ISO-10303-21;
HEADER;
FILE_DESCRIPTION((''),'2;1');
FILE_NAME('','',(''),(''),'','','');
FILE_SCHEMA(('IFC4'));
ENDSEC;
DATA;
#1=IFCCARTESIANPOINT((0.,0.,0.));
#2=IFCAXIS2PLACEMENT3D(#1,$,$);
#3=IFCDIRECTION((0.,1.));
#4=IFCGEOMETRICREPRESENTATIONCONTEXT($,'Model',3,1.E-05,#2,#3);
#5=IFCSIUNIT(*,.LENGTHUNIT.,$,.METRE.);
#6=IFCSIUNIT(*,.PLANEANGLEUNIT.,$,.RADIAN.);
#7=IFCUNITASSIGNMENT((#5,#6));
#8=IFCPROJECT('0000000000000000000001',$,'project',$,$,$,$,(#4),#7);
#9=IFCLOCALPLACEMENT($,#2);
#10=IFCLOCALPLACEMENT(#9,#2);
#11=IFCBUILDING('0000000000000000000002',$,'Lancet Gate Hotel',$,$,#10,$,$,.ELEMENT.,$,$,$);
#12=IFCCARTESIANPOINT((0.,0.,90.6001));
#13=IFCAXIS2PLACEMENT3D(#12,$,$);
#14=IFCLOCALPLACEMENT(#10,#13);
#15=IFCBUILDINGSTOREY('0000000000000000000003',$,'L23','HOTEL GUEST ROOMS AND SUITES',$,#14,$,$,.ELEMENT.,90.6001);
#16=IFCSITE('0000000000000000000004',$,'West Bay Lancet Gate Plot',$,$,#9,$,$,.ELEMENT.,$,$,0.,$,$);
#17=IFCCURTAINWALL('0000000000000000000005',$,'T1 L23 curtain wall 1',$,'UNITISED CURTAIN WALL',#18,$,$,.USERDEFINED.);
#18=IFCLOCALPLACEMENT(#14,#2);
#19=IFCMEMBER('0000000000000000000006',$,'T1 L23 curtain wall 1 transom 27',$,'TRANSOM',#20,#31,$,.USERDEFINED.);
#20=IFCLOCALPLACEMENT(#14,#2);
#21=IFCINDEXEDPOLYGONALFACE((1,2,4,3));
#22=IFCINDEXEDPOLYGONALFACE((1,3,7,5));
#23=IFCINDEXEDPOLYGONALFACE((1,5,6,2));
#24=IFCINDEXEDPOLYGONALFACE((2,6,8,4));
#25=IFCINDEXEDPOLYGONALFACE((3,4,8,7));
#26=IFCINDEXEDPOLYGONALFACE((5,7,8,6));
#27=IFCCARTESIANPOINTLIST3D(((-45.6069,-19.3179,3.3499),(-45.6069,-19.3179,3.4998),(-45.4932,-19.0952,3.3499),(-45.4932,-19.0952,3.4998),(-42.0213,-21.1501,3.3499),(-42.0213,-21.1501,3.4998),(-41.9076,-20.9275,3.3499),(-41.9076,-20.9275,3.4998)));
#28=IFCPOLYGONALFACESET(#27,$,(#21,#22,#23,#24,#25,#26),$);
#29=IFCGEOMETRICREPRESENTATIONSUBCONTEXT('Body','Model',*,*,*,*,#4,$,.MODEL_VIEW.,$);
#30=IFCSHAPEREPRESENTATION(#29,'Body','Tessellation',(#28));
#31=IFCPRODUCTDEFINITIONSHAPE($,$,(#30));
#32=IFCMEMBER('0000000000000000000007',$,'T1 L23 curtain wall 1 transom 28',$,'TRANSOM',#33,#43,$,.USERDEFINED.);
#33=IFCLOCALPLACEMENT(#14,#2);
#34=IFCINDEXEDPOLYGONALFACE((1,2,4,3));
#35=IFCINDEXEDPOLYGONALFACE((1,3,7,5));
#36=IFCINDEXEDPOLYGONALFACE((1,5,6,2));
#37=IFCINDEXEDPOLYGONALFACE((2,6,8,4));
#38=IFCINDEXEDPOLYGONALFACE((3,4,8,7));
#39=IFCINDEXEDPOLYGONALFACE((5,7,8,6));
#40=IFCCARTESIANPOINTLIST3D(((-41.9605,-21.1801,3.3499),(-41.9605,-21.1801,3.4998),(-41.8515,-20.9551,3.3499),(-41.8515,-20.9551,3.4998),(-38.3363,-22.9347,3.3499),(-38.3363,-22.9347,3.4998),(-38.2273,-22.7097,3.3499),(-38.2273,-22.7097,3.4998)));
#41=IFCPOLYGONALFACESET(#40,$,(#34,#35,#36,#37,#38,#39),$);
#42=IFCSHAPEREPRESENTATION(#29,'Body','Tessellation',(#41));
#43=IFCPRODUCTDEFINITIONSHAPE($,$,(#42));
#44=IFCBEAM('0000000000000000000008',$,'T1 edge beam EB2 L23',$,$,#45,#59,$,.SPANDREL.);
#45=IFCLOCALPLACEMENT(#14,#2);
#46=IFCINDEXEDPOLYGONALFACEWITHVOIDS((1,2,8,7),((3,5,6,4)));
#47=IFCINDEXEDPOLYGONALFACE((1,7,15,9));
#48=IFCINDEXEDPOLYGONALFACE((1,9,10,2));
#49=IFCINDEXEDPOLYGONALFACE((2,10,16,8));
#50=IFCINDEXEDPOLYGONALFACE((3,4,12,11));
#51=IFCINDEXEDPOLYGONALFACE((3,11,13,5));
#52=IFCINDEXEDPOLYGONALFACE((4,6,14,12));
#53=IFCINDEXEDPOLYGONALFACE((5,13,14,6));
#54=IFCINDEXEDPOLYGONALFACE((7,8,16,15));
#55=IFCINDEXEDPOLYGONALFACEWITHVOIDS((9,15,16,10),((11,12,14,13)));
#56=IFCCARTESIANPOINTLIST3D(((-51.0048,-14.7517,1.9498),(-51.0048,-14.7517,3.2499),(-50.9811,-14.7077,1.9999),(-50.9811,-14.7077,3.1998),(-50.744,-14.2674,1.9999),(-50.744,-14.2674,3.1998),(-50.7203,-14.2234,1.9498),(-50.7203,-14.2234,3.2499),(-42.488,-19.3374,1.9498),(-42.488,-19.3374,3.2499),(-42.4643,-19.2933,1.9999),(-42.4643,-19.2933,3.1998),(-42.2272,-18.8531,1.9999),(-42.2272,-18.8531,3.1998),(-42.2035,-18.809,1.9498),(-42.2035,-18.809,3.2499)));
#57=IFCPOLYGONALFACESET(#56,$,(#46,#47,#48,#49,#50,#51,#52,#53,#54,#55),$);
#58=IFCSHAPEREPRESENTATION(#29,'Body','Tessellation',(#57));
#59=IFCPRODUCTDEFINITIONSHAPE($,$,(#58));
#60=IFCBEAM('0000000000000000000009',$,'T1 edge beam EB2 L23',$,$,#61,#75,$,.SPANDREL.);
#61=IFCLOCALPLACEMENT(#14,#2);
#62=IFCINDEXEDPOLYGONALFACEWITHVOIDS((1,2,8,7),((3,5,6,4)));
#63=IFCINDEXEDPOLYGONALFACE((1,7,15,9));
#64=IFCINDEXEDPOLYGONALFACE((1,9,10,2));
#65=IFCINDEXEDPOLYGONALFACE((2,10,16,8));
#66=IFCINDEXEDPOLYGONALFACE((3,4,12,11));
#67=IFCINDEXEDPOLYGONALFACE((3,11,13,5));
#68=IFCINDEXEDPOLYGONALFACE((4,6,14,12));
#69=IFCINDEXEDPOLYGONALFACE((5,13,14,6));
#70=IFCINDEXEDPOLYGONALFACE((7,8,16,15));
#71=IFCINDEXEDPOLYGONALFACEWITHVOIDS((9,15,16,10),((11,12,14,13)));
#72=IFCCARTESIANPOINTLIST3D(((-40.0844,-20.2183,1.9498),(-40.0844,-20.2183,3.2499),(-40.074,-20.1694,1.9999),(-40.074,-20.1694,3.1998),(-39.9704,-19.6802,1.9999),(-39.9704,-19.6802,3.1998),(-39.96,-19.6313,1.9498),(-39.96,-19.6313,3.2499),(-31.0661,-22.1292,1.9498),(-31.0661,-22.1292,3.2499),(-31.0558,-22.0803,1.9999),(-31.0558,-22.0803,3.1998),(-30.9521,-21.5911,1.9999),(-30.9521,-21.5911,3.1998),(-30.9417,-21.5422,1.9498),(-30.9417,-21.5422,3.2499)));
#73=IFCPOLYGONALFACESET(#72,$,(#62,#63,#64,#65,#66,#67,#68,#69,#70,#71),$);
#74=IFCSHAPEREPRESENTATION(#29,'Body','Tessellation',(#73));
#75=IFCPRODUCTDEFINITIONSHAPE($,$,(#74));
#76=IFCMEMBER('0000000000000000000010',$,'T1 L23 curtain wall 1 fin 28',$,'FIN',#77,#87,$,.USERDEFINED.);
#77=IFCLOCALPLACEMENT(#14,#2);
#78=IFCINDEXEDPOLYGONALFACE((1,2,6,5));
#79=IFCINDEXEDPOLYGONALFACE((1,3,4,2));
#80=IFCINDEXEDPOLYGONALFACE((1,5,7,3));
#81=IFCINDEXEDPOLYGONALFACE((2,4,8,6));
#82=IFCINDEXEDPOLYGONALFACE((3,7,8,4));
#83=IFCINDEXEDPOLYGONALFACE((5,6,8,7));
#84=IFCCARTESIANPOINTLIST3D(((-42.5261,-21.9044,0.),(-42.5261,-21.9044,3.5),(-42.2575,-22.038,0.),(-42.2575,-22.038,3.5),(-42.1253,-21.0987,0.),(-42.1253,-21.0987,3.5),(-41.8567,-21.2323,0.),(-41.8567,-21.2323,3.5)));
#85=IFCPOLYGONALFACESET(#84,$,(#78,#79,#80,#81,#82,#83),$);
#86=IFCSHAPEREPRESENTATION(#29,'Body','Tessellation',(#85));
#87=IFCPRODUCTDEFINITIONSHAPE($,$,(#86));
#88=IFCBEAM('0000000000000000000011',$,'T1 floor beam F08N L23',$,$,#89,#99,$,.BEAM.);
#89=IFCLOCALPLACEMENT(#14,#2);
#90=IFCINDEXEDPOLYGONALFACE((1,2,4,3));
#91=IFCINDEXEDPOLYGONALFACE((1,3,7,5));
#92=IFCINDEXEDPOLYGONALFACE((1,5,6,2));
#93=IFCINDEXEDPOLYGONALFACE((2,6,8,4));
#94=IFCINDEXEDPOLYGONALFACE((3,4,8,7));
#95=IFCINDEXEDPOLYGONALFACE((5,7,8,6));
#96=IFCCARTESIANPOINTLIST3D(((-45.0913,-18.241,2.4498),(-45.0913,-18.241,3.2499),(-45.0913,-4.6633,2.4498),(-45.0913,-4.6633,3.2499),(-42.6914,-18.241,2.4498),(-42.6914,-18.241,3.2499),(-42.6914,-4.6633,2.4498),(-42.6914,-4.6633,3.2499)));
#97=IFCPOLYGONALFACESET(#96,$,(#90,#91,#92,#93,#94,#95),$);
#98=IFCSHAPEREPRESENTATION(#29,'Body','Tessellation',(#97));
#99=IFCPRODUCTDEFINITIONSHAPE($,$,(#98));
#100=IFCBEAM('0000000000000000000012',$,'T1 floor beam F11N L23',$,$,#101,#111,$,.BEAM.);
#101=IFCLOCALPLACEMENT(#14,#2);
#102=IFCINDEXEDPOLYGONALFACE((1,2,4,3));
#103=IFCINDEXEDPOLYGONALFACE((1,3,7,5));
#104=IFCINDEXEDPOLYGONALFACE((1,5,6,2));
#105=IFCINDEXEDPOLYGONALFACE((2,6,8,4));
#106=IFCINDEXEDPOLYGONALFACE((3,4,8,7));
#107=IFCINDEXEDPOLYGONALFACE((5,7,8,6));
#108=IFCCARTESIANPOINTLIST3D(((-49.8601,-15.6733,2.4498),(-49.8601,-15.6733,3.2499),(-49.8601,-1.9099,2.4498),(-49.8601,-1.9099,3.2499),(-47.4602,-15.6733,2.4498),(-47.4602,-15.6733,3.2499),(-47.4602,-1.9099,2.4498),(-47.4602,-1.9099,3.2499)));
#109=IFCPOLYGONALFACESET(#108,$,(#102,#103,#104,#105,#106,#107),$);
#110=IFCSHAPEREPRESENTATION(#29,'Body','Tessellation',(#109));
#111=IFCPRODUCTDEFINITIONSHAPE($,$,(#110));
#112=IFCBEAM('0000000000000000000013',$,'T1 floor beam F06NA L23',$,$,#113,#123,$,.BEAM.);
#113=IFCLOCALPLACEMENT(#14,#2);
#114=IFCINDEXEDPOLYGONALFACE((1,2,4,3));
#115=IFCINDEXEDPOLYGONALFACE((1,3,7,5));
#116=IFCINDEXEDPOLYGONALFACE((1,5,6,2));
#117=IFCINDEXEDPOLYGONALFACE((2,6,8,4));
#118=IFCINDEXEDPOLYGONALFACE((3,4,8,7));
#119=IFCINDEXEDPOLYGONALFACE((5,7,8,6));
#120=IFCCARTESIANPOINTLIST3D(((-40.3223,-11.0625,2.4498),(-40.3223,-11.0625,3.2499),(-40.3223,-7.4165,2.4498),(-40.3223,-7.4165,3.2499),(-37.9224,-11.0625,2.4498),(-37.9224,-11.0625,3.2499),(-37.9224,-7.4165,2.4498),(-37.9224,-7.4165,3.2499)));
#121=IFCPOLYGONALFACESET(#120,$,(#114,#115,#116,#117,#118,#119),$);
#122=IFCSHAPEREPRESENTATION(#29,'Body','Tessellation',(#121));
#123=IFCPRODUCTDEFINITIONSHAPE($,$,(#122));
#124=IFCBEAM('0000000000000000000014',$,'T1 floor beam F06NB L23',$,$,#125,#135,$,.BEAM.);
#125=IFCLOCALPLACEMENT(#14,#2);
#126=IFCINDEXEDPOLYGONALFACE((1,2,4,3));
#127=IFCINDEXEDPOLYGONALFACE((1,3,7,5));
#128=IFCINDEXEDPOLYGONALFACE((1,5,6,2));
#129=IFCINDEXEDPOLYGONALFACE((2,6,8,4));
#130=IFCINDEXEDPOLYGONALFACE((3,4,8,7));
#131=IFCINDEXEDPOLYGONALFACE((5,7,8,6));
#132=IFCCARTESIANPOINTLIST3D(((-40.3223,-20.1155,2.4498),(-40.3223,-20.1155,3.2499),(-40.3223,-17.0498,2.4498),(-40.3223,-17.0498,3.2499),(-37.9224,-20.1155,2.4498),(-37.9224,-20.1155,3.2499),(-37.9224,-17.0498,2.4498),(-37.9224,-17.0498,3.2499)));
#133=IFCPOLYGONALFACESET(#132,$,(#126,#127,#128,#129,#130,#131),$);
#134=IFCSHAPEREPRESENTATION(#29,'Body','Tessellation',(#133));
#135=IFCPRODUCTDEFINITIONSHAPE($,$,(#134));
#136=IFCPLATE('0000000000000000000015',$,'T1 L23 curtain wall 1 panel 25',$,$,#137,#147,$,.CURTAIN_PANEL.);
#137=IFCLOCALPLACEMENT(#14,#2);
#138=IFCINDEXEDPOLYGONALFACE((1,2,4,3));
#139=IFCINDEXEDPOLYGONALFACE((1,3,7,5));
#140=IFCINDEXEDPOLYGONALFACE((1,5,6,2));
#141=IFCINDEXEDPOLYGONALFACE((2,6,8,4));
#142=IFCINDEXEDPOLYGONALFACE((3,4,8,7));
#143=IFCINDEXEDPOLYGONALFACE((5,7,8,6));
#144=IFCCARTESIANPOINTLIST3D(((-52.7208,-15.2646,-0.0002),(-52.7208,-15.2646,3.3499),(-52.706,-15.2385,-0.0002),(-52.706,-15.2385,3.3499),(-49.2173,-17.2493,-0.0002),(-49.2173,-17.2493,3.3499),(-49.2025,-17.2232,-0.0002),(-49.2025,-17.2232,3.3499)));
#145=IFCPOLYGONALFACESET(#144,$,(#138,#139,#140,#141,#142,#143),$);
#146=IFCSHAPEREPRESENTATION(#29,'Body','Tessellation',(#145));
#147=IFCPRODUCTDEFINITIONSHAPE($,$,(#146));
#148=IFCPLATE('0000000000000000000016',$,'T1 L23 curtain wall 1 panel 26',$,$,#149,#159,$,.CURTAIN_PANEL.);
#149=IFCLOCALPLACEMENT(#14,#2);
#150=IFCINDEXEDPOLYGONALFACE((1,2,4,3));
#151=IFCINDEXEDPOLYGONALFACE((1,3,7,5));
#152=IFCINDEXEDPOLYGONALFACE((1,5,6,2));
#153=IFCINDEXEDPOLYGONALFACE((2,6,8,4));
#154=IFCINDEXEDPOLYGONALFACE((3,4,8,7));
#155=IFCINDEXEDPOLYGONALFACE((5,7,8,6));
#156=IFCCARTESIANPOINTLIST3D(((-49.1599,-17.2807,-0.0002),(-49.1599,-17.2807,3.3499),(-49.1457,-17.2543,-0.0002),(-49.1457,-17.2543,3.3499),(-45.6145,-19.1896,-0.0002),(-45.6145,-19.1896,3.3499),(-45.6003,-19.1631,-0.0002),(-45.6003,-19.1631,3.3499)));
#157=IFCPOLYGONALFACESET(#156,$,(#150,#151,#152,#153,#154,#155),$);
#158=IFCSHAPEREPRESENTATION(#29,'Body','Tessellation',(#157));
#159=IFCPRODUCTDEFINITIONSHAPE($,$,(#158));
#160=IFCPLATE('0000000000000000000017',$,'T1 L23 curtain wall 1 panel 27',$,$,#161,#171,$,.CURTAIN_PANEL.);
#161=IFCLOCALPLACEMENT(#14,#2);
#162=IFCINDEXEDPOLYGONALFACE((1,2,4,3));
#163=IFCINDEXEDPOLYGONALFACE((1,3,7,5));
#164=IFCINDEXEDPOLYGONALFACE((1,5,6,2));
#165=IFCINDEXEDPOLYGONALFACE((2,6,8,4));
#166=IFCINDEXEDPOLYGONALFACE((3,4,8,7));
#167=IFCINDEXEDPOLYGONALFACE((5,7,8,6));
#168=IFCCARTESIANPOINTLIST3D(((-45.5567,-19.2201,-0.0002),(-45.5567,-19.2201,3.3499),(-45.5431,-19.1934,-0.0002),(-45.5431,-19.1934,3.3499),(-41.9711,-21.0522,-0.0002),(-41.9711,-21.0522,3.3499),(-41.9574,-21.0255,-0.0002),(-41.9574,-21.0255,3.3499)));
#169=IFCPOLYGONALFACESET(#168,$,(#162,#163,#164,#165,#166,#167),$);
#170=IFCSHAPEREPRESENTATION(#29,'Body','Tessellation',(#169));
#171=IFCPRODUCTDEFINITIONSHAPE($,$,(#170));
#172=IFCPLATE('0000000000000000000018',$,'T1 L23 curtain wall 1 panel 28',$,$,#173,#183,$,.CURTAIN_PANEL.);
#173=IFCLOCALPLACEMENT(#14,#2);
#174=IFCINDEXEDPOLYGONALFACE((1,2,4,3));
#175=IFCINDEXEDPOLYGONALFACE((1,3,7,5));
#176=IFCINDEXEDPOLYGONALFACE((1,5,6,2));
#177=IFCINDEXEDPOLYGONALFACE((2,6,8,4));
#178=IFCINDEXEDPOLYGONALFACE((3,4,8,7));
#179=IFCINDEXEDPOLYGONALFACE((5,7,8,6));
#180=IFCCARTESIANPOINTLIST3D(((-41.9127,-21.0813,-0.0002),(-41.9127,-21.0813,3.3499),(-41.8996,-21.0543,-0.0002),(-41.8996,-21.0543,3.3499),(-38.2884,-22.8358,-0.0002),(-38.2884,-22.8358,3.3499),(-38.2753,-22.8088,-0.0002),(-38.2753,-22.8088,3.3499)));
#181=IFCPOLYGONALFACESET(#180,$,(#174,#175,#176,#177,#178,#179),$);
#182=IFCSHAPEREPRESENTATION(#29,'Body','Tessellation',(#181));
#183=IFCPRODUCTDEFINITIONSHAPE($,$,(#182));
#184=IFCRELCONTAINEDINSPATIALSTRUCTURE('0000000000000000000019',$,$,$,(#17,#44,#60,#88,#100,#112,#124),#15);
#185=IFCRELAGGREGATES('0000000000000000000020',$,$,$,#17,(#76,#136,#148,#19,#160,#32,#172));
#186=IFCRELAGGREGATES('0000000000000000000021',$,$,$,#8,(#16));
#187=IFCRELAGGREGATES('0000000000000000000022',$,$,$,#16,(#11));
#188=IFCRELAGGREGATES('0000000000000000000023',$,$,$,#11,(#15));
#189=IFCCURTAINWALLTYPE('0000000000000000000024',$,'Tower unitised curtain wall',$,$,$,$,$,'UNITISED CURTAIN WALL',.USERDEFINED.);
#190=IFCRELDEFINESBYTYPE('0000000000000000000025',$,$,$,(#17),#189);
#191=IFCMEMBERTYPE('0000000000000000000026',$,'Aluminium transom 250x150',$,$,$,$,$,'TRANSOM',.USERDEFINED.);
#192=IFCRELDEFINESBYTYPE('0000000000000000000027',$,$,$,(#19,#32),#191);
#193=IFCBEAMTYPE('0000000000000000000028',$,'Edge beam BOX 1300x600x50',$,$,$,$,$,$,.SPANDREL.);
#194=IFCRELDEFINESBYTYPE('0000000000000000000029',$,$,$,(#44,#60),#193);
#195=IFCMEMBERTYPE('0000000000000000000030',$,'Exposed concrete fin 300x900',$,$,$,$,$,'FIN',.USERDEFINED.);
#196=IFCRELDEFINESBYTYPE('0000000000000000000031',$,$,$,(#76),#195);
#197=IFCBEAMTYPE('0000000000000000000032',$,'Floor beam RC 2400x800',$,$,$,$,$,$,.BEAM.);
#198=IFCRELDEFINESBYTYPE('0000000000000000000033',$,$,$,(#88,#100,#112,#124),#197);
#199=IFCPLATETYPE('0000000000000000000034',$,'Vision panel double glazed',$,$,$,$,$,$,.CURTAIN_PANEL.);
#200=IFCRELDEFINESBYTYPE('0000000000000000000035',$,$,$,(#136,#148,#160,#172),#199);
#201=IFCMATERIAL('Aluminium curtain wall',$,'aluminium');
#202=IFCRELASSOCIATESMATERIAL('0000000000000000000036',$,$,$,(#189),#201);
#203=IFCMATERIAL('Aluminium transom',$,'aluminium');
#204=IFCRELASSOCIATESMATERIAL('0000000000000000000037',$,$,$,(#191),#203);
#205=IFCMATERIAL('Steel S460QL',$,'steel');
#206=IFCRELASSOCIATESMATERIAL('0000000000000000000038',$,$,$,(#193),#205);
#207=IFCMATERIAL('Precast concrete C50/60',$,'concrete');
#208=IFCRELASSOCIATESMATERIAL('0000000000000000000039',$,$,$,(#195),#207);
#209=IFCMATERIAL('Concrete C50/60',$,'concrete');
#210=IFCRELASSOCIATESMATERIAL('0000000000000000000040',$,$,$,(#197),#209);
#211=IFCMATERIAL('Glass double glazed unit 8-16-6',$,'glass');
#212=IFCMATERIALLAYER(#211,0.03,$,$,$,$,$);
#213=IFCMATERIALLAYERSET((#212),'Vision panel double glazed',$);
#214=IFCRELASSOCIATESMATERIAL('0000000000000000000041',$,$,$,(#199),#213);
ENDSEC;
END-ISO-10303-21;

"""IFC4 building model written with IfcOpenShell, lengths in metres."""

from ifc_helpers import new_model, si_unit, direction, frame, origin, origin_2d, place, context, subcontext, project, spatial, rectangle, hollow_rectangle, extrude, material, layer, layer_set, material_profile, profile_set, type_object, element, aggregate, save


model = new_model("IFC4")

# Units and contexts
model_context = context("Model", 3, precision=1e-05, world=origin(), true_north=direction((0.0, 1.0)))
body_context = subcontext(model_context, "Body", "Model", "MODEL_VIEW")
ifc_project = project(units=[si_unit("LENGTHUNIT", "METRE"), si_unit("PLANEANGLEUNIT", "RADIAN")], contexts=[model_context])

# Site, building, storey
site_placement = place(None, origin())
site = spatial("IfcSite", under=ifc_project, at=site_placement, Name="West Bay Lancet Gate Plot", CompositionType="ELEMENT", RefElevation=0.0)
building_placement = place(site_placement, origin())
building = spatial("IfcBuilding", under=site, at=building_placement, Name="Lancet Gate Hotel", CompositionType="ELEMENT")
storey_placement = place(building_placement, frame((0.0, 0.0, 90.6001)))
storey = spatial("IfcBuildingStorey", under=building, at=storey_placement, Name="L23", Description="HOTEL GUEST ROOMS AND SUITES", CompositionType="ELEMENT", Elevation=90.6001)

# Curtain wall, members
ifc_material_1 = material(Name="Aluminium curtain wall", Category="aluminium")
curtain_wall_type = type_object("IfcCurtainWallType", Name="Tower unitised curtain wall", ElementType="UNITISED CURTAIN WALL", PredefinedType="USERDEFINED", material=ifc_material_1)
curtain_wall_placement = place(storey_placement, origin())
curtain_wall = element("IfcCurtainWall", 1, at=curtain_wall_placement, inside=storey, type_object=curtain_wall_type, Name="T1 L23 curtain wall 1", ObjectType="UNITISED CURTAIN WALL", PredefinedType="USERDEFINED")
ifc_material_2 = material(Name="Aluminium transom", Category="aluminium")
ifc_material_profile_1 = material_profile(ifc_material_2, rectangle(XDim=0.25, YDim=0.1499, at=origin_2d()), Name="TRANSOM 250x150")
ifc_profile_set_1 = profile_set([ifc_material_profile_1], Name="Aluminium transom")
member_type_1 = type_object("IfcMemberType", Name="Aluminium transom 250x150", ElementType="TRANSOM", PredefinedType="USERDEFINED", material=ifc_profile_set_1)
member_1_placement = place(storey_placement, frame((-45.55, -19.2065, 3.4248), z_axis=(0.890476, -0.45503, 0.0), x_axis=(0.45503, 0.890476, 0.0)))
member_1 = element("IfcMember", 2, at=member_1_placement, type_object=member_type_1, Name="T1 L23 curtain wall 1 transom 27", ObjectType="TRANSOM", PredefinedType="USERDEFINED", context=body_context, shape_type="SweptSolid", body=[
    extrude(rectangle(XDim=0.25, YDim=0.1499, at=origin_2d()), origin(), (0.0, 0.0, 1.0), 4.0266),
])
member_2_placement = place(storey_placement, frame((-41.906, -21.0676, 3.4248), z_axis=(0.900066, -0.435754, 0.0), x_axis=(0.435754, 0.900066, 0.0)))
member_2 = element("IfcMember", 3, at=member_2_placement, type_object=member_type_1, Name="T1 L23 curtain wall 1 transom 28", ObjectType="TRANSOM", PredefinedType="USERDEFINED", context=body_context, shape_type="SweptSolid", body=[
    extrude(rectangle(XDim=0.25, YDim=0.1499, at=origin_2d()), origin(), (0.0, 0.0, 1.0), 4.0266),
])

# Beams
ifc_material_3 = material(Name="Steel S460QL", Category="steel")
ifc_material_profile_2 = material_profile(ifc_material_3, hollow_rectangle(XDim=0.6001, YDim=1.3, WallThickness=0.05, at=origin_2d()), Name="BOX 1300x600x50")
ifc_profile_set_2 = profile_set([ifc_material_profile_2], Name="Steel S460QL")
beam_type_1 = type_object("IfcBeamType", Name="Edge beam BOX 1300x600x50", PredefinedType="SPANDREL", material=ifc_profile_set_2)
beam_1_placement = place(storey_placement, frame((-50.8625, -14.4875, 2.5999), z_axis=(0.880484, -0.474076, 0.0), x_axis=(0.474076, 0.880484, 0.0)))
element("IfcBeam", 4, at=beam_1_placement, inside=storey, type_object=beam_type_1, Name="T1 edge beam EB2 L23", PredefinedType="SPANDREL", context=body_context, shape_type="SweptSolid", body=[
    extrude(hollow_rectangle(XDim=0.6001, YDim=1.3, WallThickness=0.05, at=origin_2d()), origin(), (0.0, 0.0, 1.0), 9.6729),
])
beam_2_placement = place(storey_placement, frame((-40.0222, -19.9248, 2.5999), z_axis=(0.97828, -0.207288, 0.0), x_axis=(0.207288, 0.97828, 0.0)))
element("IfcBeam", 5, at=beam_2_placement, inside=storey, type_object=beam_type_1, Name="T1 edge beam EB2 L23", PredefinedType="SPANDREL", context=body_context, shape_type="SweptSolid", body=[
    extrude(hollow_rectangle(XDim=0.6001, YDim=1.3, WallThickness=0.05, at=origin_2d()), origin(), (0.0, 0.0, 1.0), 9.2185),
])

# Member
ifc_material_4 = material(Name="Precast concrete C50/60", Category="concrete")
ifc_material_profile_3 = material_profile(ifc_material_4, rectangle(XDim=0.3, YDim=0.8999, at=origin_2d()), Name="FIN 300x900")
ifc_profile_set_3 = profile_set([ifc_material_profile_3], Name="Precast concrete C50/60")
member_type_2 = type_object("IfcMemberType", Name="Exposed concrete fin 300x900", ElementType="FIN", PredefinedType="USERDEFINED", material=ifc_profile_set_3)
member_3_placement = place(storey_placement, frame((-42.1914, -21.5684, 0.0), z_axis=(0.0, 0.0, 1.0), x_axis=(0.895339, -0.445384, 0.0)))
member_3 = element("IfcMember", 6, at=member_3_placement, type_object=member_type_2, Name="T1 L23 curtain wall 1 fin 28", ObjectType="FIN", PredefinedType="USERDEFINED", context=body_context, shape_type="SweptSolid", body=[
    extrude(rectangle(XDim=0.3, YDim=0.8999, at=origin_2d()), origin(), (0.0, 0.0, 1.0), 3.5),
])

# Beams
ifc_material_5 = material(Name="Concrete C50/60", Category="concrete")
ifc_material_profile_4 = material_profile(ifc_material_5, rectangle(XDim=2.3999, YDim=0.8, at=origin_2d()), Name="RC 2400x800")
ifc_profile_set_4 = profile_set([ifc_material_profile_4], Name="Concrete C50/60")
beam_type_2 = type_object("IfcBeamType", Name="Floor beam RC 2400x800", PredefinedType="BEAM", material=ifc_profile_set_4)
beam_3_placement = place(storey_placement, frame((-43.8914, -4.6633, 2.8499), z_axis=(0.0, -1.0, 0.0), x_axis=(1.0, 0.0, 0.0)))
element("IfcBeam", 7, at=beam_3_placement, inside=storey, type_object=beam_type_2, Name="T1 floor beam F08N L23", PredefinedType="BEAM", context=body_context, shape_type="SweptSolid", body=[
    extrude(rectangle(XDim=2.3999, YDim=0.8, at=origin_2d()), origin(), (0.0, 0.0, 1.0), 13.5776),
])
beam_4_placement = place(storey_placement, frame((-48.6602, -1.9099, 2.8499), z_axis=(0.0, -1.0, 0.0), x_axis=(1.0, 0.0, 0.0)))
element("IfcBeam", 8, at=beam_4_placement, inside=storey, type_object=beam_type_2, Name="T1 floor beam F11N L23", PredefinedType="BEAM", context=body_context, shape_type="SweptSolid", body=[
    extrude(rectangle(XDim=2.3999, YDim=0.8, at=origin_2d()), origin(), (0.0, 0.0, 1.0), 13.7634),
])
beam_5_placement = place(storey_placement, frame((-39.1223, -7.4165, 2.8499), z_axis=(0.0, -1.0, 0.0), x_axis=(1.0, 0.0, 0.0)))
element("IfcBeam", 9, at=beam_5_placement, inside=storey, type_object=beam_type_2, Name="T1 floor beam F06NA L23", PredefinedType="BEAM", context=body_context, shape_type="SweptSolid", body=[
    extrude(rectangle(XDim=2.3999, YDim=0.8, at=origin_2d()), origin(), (0.0, 0.0, 1.0), 3.646),
])
beam_6_placement = place(storey_placement, frame((-39.1223, -17.0498, 2.8499), z_axis=(0.0, -1.0, 0.0), x_axis=(1.0, 0.0, 0.0)))
element("IfcBeam", 10, at=beam_6_placement, inside=storey, type_object=beam_type_2, Name="T1 floor beam F06NB L23", PredefinedType="BEAM", context=body_context, shape_type="SweptSolid", body=[
    extrude(rectangle(XDim=2.3999, YDim=0.8, at=origin_2d()), origin(), (0.0, 0.0, 1.0), 3.0657),
])

# Plates
ifc_material_6 = material(Name="Glass double glazed unit 8-16-6", Category="glass")
ifc_layer_1 = layer(ifc_material_6, 0.03)
ifc_layer_set_1 = layer_set([ifc_layer_1], Name="Vision panel double glazed")
plate_type = type_object("IfcPlateType", Name="Vision panel double glazed", PredefinedType="CURTAIN_PANEL", material=ifc_layer_set_1)
plate_1_placement = place(storey_placement, frame((-50.9617, -16.2439, -0.0002), z_axis=(0.0, 0.0, 1.0), x_axis=(0.870084, -0.492904, 0.0)))
plate_1 = element("IfcPlate", 11, at=plate_1_placement, type_object=plate_type, Name="T1 L23 curtain wall 1 panel 25", PredefinedType="CURTAIN_PANEL", context=body_context, shape_type="SweptSolid", body=[
    extrude(rectangle(XDim=4.0266, YDim=0.03, at=origin_2d()), origin(), (0.0, 0.0, 1.0), 3.3501),
])
plate_2_placement = place(storey_placement, frame((-47.3801, -18.2219, -0.0002), z_axis=(0.0, 0.0, 1.0), x_axis=(0.880493, -0.47406, 0.0)))
plate_2 = element("IfcPlate", 12, at=plate_2_placement, type_object=plate_type, Name="T1 L23 curtain wall 1 panel 26", PredefinedType="CURTAIN_PANEL", context=body_context, shape_type="SweptSolid", body=[
    extrude(rectangle(XDim=4.0266, YDim=0.03, at=origin_2d()), origin(), (0.0, 0.0, 1.0), 3.3501),
])
plate_3_placement = place(storey_placement, frame((-43.7571, -20.1228, -0.0002), z_axis=(0.0, 0.0, 1.0), x_axis=(0.890493, -0.454996, 0.0)))
plate_3 = element("IfcPlate", 13, at=plate_3_placement, type_object=plate_type, Name="T1 L23 curtain wall 1 panel 27", PredefinedType="CURTAIN_PANEL", context=body_context, shape_type="SweptSolid", body=[
    extrude(rectangle(XDim=4.0266, YDim=0.03, at=origin_2d()), origin(), (0.0, 0.0, 1.0), 3.3501),
])
plate_4_placement = place(storey_placement, frame((-40.094, -21.9451, -0.0002), z_axis=(0.0, 0.0, 1.0), x_axis=(0.900082, -0.435721, 0.0)))
plate_4 = element("IfcPlate", 14, at=plate_4_placement, type_object=plate_type, Name="T1 L23 curtain wall 1 panel 28", PredefinedType="CURTAIN_PANEL", context=body_context, shape_type="SweptSolid", body=[
    extrude(rectangle(XDim=4.0266, YDim=0.03, at=origin_2d()), origin(), (0.0, 0.0, 1.0), 3.3501),
])
aggregate(curtain_wall, [member_3, plate_1, plate_2, member_1, plate_3, member_2, plate_4])

save(model, "model.ifc")
